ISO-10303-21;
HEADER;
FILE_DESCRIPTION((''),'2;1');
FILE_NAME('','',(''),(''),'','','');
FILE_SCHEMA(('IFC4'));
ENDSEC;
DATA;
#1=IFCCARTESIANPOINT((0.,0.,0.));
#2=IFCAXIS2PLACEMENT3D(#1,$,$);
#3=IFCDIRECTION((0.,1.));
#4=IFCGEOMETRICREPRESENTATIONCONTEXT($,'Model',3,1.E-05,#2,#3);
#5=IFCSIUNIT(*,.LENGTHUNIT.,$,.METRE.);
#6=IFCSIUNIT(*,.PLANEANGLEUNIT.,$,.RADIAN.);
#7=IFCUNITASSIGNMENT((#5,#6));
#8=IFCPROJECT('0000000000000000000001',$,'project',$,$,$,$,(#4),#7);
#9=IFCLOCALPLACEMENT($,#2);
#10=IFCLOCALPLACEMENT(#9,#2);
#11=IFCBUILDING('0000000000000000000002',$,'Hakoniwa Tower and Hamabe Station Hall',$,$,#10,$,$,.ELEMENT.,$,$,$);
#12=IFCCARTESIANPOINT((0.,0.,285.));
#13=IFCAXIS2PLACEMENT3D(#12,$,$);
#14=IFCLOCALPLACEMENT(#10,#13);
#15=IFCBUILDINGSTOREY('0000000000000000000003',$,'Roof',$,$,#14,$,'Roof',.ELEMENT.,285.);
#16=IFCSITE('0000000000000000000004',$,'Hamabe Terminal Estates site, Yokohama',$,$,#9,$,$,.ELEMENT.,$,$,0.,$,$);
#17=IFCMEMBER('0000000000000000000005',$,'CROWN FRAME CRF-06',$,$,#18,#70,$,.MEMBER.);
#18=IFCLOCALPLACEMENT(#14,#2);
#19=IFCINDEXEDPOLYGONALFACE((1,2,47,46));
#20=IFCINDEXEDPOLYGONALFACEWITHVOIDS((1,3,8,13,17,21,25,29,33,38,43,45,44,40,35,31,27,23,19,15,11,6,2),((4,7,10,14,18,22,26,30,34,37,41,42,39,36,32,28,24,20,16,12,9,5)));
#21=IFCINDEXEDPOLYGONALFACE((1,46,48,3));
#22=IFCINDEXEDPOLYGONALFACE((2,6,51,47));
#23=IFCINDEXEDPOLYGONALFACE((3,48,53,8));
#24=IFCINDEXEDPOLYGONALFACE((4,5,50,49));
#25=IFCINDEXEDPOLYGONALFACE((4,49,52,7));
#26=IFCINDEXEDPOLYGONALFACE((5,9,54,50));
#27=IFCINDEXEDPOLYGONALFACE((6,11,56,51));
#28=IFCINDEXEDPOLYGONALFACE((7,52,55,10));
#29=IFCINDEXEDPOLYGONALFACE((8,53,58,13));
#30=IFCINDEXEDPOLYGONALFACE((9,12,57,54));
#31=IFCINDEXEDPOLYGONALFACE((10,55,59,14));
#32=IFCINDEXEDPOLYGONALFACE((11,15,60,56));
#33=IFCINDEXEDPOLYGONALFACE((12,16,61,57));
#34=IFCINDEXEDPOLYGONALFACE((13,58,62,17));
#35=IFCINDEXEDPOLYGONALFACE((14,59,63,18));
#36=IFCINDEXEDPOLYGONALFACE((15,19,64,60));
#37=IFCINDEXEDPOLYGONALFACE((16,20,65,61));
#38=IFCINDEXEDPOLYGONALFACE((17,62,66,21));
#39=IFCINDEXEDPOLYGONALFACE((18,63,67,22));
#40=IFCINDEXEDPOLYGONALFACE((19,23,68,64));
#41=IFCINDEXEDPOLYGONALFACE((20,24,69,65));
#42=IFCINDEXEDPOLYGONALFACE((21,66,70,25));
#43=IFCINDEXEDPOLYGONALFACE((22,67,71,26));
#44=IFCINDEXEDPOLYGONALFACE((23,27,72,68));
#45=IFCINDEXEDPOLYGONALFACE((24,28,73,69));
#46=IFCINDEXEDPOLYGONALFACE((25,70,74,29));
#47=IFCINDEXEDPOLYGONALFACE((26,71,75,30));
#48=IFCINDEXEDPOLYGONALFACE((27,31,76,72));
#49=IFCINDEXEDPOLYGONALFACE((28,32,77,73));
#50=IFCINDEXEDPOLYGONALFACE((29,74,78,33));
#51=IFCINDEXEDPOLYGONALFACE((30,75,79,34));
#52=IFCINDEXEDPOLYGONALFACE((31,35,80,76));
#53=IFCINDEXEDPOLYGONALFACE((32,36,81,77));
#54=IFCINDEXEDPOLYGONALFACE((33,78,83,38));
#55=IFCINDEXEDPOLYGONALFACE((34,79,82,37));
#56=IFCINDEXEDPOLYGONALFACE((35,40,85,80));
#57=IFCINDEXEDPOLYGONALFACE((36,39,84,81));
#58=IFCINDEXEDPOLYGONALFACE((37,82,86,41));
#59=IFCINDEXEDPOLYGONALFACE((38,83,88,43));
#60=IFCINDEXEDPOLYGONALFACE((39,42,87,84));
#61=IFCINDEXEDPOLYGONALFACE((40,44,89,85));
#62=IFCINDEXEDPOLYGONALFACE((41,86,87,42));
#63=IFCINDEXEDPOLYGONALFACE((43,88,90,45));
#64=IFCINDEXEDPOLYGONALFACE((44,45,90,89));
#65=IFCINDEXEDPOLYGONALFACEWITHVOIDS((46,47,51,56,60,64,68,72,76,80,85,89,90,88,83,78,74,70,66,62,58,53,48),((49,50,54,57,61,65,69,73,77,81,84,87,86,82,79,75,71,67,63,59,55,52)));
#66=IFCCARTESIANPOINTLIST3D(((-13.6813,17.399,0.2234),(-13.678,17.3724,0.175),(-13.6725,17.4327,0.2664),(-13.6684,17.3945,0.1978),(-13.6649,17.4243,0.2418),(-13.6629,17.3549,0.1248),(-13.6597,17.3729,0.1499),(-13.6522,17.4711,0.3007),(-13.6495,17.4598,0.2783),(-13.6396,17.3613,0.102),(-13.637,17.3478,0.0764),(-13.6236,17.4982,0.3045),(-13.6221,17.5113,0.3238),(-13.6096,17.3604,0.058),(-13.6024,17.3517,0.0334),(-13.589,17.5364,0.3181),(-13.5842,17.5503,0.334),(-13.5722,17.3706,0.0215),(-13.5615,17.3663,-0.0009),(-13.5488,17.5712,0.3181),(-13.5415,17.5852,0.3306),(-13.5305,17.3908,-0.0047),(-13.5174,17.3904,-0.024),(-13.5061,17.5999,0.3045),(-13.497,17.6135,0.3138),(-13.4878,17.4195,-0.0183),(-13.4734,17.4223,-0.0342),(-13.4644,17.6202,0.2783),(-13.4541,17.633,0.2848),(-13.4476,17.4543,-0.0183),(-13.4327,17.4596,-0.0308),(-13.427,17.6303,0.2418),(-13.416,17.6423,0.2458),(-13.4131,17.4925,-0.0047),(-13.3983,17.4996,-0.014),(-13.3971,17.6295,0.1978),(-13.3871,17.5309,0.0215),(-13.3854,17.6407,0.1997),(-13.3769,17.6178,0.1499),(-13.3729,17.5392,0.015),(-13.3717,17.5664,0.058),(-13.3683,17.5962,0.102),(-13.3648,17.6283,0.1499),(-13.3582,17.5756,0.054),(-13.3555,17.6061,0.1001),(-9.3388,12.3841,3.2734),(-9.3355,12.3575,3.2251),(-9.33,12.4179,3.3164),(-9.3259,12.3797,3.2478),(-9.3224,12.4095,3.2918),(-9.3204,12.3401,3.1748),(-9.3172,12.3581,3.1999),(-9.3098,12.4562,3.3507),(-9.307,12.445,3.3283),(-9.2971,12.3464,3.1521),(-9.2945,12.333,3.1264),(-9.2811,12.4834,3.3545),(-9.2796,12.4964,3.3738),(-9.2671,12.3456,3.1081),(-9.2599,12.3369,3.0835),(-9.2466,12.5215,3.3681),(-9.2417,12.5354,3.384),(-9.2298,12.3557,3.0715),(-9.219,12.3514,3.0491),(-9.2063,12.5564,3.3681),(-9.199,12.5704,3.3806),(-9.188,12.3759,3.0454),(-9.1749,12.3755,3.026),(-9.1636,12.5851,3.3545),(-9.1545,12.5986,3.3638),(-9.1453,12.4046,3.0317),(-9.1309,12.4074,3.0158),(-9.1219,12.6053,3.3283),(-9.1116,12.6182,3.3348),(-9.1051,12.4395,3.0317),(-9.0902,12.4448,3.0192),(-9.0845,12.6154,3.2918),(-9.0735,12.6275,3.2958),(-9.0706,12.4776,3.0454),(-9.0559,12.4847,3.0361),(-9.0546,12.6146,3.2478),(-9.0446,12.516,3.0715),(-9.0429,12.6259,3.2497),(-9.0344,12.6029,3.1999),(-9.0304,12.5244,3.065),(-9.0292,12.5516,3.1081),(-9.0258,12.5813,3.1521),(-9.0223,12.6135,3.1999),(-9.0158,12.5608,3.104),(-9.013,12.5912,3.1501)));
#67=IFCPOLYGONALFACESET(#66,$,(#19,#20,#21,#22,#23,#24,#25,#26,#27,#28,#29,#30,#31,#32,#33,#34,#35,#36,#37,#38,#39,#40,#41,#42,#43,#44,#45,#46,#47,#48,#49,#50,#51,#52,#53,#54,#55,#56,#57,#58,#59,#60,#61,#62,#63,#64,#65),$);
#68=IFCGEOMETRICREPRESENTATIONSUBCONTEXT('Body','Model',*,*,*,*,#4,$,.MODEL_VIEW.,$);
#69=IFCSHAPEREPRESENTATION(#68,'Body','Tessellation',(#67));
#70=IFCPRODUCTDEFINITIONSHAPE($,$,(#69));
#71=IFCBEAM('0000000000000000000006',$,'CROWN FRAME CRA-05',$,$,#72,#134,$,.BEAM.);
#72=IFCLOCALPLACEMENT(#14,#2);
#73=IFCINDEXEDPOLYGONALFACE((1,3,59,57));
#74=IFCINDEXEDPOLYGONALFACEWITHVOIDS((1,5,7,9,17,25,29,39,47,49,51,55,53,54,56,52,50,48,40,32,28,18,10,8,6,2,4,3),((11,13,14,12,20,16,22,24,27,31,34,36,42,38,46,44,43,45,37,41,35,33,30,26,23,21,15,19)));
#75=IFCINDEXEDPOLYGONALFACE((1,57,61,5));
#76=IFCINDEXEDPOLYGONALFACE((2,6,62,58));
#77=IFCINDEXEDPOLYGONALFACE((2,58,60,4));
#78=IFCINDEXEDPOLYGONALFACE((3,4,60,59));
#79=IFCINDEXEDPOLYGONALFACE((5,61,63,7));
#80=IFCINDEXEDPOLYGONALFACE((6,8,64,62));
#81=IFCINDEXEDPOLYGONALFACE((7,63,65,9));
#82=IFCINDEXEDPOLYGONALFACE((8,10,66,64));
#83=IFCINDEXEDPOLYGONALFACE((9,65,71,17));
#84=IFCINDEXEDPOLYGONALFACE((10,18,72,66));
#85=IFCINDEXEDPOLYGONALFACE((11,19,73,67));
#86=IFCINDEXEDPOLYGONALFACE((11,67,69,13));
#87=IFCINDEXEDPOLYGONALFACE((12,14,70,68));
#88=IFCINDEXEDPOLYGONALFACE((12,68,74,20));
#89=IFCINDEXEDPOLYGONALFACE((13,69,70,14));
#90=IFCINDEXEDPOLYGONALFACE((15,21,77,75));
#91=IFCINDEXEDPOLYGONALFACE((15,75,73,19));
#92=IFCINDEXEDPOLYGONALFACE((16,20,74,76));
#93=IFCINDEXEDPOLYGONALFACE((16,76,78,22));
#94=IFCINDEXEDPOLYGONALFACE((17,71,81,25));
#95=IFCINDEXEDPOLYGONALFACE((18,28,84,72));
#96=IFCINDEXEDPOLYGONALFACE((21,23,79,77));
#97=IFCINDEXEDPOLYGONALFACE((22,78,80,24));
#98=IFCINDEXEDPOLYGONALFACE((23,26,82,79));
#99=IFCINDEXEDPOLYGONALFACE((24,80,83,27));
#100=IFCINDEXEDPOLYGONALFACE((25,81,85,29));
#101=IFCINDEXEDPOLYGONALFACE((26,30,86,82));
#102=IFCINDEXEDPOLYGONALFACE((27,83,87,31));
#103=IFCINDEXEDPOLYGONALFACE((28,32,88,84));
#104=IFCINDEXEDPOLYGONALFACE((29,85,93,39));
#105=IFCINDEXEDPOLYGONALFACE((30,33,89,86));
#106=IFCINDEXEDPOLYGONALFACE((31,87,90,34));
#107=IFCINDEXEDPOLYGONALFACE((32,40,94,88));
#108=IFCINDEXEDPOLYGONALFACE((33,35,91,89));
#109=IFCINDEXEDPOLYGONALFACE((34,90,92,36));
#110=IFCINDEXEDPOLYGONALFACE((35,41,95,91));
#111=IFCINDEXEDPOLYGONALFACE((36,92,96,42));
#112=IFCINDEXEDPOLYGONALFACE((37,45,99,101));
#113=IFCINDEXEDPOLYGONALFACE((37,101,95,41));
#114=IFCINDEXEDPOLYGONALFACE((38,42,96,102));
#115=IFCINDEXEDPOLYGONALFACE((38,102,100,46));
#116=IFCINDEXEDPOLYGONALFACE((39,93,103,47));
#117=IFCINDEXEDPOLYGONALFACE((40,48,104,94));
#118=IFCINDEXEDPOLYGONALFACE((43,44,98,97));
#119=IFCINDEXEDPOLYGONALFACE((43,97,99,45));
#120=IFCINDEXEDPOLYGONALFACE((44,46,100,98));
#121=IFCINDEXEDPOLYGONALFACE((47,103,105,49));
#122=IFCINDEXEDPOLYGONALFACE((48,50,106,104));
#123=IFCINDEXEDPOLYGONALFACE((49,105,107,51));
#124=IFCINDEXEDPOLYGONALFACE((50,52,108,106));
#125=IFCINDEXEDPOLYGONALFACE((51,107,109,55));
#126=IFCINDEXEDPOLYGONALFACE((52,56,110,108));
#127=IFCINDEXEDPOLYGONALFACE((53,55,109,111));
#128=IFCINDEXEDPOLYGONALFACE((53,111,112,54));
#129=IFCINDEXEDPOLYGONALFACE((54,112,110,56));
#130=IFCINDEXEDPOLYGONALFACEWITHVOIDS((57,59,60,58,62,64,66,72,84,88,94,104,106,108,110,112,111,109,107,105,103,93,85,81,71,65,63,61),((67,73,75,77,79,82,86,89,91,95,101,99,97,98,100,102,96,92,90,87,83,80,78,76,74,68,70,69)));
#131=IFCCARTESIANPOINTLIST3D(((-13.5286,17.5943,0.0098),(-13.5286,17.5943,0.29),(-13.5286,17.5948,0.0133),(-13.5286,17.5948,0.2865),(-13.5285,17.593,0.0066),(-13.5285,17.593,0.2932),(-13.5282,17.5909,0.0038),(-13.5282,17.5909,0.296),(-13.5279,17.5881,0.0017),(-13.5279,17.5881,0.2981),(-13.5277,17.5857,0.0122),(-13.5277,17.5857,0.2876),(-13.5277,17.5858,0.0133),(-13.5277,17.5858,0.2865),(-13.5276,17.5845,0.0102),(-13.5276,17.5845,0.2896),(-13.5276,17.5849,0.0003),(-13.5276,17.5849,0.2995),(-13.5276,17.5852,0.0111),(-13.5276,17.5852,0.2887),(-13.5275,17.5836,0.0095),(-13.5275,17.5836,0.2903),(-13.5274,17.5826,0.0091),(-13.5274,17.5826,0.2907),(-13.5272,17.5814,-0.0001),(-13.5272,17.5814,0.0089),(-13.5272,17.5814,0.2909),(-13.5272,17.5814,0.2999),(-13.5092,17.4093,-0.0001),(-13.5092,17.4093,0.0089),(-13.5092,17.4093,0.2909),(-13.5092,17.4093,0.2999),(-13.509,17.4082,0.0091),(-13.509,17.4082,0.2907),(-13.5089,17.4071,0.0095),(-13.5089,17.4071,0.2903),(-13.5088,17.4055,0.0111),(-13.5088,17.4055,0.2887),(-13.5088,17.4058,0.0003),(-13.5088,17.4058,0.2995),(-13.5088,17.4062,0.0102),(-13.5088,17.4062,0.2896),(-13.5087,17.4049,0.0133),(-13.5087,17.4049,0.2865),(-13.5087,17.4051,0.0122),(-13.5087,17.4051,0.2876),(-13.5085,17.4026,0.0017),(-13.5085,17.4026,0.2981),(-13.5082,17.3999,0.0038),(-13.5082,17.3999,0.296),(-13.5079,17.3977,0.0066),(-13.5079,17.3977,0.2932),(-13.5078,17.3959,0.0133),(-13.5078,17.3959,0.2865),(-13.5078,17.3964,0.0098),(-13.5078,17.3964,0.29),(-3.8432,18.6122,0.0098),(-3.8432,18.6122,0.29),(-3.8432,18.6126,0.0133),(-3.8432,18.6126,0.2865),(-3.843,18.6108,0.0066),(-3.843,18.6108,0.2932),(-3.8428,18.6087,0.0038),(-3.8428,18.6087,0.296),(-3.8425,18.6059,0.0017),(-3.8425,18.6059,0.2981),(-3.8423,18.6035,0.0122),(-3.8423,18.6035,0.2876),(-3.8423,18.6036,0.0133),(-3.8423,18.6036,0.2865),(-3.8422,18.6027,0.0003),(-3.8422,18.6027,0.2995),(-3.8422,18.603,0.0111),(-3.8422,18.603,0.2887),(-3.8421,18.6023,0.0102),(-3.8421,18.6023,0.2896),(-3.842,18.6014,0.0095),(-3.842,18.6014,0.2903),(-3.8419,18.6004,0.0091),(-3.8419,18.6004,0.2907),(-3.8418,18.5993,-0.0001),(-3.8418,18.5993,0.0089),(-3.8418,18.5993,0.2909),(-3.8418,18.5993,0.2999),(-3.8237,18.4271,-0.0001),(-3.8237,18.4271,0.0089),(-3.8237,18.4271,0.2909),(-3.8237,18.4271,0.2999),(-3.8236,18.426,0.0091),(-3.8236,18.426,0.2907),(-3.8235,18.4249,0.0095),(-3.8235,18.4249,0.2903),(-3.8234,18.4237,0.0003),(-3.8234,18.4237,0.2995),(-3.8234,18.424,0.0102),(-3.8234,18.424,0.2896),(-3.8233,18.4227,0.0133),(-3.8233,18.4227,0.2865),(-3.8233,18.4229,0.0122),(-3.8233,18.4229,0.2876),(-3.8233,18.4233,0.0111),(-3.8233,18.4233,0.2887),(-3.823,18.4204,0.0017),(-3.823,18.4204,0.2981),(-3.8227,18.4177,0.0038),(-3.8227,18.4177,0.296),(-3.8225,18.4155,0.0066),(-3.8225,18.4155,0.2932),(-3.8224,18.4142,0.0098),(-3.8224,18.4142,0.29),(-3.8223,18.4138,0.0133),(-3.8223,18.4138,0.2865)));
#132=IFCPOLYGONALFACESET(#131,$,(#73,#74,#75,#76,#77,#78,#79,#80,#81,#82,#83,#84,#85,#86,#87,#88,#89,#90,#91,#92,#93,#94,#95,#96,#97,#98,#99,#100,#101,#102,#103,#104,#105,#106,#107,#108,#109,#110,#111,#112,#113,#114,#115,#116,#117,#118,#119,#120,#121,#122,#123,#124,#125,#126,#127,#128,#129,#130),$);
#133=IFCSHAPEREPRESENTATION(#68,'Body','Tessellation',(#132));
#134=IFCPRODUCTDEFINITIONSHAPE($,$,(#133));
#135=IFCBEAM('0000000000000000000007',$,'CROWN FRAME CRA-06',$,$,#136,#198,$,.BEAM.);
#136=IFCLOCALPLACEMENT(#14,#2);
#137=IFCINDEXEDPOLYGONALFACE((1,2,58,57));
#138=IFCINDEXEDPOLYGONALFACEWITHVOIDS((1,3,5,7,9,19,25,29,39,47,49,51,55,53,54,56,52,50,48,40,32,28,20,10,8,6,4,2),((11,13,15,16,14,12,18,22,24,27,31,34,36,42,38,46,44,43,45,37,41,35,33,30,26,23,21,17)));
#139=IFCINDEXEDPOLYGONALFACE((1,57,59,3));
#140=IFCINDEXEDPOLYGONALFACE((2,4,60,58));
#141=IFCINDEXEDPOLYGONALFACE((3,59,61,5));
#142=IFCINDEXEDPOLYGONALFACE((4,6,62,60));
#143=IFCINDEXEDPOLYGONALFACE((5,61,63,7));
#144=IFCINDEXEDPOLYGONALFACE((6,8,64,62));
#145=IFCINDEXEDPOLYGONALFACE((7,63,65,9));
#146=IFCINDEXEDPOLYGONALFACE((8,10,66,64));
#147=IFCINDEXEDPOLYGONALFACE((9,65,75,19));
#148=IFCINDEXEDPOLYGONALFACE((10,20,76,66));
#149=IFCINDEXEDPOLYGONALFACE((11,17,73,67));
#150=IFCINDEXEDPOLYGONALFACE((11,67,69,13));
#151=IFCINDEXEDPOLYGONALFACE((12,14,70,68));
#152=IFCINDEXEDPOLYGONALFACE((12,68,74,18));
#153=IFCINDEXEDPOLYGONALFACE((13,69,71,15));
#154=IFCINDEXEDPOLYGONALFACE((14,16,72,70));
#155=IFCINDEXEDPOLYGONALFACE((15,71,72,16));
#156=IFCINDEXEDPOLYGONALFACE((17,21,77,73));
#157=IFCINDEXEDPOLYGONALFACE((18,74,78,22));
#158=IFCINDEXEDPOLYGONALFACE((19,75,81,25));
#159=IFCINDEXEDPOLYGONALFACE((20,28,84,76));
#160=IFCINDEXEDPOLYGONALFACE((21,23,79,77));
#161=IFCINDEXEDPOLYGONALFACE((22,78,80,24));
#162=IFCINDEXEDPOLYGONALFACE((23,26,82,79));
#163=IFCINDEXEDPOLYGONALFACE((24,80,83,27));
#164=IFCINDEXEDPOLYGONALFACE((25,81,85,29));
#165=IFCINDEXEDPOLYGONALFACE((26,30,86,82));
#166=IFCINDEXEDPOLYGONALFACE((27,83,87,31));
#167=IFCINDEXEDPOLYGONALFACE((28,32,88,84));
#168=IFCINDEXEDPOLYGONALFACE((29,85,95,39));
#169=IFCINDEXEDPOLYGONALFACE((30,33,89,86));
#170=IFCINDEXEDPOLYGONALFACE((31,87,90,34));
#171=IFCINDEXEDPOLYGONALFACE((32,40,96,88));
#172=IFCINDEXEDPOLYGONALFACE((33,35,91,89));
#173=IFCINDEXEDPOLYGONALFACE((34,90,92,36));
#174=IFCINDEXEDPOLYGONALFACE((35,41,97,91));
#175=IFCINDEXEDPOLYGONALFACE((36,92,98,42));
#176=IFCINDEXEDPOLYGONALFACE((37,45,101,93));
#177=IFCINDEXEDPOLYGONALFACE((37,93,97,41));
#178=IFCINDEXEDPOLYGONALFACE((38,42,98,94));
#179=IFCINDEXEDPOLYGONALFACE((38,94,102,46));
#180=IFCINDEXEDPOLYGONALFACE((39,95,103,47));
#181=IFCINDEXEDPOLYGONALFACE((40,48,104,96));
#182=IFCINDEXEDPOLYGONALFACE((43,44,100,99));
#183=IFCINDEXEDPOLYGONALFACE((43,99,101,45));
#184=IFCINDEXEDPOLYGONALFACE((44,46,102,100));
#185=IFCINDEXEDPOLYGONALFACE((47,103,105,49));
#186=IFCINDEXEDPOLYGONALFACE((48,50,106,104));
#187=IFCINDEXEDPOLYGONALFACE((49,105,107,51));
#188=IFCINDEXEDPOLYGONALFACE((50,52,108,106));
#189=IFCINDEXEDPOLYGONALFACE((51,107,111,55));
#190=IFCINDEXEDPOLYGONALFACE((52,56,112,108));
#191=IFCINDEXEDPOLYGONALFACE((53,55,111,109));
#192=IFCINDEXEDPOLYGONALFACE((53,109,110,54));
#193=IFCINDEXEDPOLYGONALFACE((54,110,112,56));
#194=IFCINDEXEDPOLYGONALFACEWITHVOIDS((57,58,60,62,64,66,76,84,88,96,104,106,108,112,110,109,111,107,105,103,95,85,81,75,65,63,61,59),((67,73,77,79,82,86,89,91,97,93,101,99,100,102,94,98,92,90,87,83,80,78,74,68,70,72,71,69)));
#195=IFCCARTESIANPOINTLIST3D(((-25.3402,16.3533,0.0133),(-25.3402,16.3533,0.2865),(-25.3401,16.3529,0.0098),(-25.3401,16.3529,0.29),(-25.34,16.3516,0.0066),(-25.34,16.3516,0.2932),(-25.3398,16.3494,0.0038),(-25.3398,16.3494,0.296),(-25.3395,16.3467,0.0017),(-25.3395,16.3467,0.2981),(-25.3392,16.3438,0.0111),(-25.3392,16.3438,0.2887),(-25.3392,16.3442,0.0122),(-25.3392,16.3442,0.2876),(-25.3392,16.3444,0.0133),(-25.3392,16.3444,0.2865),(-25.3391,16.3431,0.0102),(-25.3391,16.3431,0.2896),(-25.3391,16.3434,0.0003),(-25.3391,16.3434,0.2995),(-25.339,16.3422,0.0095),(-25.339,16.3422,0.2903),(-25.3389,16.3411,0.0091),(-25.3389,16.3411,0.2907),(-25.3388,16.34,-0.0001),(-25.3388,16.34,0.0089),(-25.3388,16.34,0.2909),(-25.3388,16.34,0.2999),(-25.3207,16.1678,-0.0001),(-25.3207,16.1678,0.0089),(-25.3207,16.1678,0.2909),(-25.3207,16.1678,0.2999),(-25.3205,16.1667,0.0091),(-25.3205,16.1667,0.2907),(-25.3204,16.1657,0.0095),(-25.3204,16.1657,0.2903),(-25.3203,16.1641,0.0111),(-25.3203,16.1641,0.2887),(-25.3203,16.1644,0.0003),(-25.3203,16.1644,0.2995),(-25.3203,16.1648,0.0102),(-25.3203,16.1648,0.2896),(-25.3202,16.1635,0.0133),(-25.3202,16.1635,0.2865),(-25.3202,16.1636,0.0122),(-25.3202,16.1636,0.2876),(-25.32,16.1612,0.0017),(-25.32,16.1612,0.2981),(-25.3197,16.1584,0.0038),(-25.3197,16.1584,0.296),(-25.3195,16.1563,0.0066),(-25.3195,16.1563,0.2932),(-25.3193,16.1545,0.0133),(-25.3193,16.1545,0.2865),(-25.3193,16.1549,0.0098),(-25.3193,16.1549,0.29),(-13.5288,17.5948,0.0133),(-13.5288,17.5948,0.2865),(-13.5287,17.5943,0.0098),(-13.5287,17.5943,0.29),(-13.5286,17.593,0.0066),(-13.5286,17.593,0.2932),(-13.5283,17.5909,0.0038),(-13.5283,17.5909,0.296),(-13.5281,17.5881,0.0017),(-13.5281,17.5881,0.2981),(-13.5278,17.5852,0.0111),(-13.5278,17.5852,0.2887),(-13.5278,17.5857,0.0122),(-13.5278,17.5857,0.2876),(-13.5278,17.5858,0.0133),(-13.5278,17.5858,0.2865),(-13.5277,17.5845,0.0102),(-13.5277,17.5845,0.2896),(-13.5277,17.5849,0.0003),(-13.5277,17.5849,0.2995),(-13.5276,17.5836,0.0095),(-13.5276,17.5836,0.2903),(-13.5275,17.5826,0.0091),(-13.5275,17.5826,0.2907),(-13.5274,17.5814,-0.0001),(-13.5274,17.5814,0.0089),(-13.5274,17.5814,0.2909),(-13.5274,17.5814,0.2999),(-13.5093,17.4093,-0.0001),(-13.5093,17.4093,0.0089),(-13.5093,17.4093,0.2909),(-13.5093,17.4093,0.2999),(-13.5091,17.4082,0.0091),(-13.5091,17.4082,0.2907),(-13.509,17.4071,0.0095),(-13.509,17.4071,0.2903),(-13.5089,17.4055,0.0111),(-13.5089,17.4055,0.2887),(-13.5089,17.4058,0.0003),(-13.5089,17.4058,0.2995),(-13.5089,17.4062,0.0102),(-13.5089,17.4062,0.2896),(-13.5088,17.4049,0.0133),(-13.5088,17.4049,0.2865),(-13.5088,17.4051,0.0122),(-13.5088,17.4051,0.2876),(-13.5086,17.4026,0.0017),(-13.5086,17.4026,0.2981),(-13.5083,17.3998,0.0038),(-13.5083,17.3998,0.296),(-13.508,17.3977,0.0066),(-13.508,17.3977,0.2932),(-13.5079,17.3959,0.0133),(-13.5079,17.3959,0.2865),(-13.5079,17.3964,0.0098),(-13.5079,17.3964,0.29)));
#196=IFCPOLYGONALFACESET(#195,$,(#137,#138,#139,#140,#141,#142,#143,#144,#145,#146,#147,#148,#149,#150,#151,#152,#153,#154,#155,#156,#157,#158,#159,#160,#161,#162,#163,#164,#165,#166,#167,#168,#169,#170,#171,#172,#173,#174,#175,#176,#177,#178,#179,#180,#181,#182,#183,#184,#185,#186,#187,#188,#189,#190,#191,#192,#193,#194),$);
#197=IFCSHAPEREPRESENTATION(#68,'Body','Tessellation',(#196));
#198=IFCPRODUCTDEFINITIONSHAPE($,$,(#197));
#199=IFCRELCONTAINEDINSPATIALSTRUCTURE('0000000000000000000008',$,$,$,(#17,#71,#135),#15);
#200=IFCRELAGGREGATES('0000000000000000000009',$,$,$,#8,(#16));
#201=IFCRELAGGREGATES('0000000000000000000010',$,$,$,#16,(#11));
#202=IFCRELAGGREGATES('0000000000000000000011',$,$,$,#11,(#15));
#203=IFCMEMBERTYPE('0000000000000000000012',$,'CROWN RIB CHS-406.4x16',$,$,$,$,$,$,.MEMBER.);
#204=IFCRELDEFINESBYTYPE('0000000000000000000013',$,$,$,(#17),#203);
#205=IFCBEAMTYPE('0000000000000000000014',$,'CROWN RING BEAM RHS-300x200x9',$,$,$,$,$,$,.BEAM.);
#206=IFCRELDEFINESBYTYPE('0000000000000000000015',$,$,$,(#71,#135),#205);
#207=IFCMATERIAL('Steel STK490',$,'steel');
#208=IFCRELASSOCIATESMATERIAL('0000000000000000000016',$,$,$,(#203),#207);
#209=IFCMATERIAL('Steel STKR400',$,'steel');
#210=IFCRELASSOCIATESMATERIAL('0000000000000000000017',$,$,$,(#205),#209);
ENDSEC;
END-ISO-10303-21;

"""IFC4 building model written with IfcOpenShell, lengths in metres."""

from ifc_helpers import new_model, si_unit, direction, frame, origin, origin_2d, place, context, subcontext, project, spatial, hollow_rectangle, hollow_circle, extrude, material, material_profile, profile_set, type_object, element, save


model = new_model("IFC4")

# Units and contexts
model_context = context("Model", 3, precision=1e-05, world=origin(), true_north=direction((0.0, 1.0)))
body_context = subcontext(model_context, "Body", "Model", "MODEL_VIEW")
ifc_project = project(units=[si_unit("LENGTHUNIT", "METRE"), si_unit("PLANEANGLEUNIT", "RADIAN")], contexts=[model_context])

# Site, building, storey
site_placement = place(None, origin())
site = spatial("IfcSite", under=ifc_project, at=site_placement, Name="Hamabe Terminal Estates site, Yokohama", CompositionType="ELEMENT", RefElevation=0.0)
building_placement = place(site_placement, origin())
building = spatial("IfcBuilding", under=site, at=building_placement, Name="Hakoniwa Tower and Hamabe Station Hall", CompositionType="ELEMENT")
storey_placement = place(building_placement, frame((0.0, 0.0, 285.0)))
storey = spatial("IfcBuildingStorey", under=building, at=storey_placement, Name="Roof", LongName="Roof", CompositionType="ELEMENT", Elevation=285.0)

# Member
ifc_material_1 = material(Name="Steel STK490", Category="steel")
ifc_material_profile_1 = material_profile(ifc_material_1, hollow_circle(Radius=0.2031, WallThickness=0.0161, at=origin_2d()), Name="CHS-406.4x16")
ifc_profile_set_1 = profile_set([ifc_material_profile_1], Name="Steel STK490")
member_type_1 = type_object("IfcMemberType", Name="CROWN RIB CHS-406.4x16", PredefinedType="MEMBER", material=ifc_profile_set_1)
member_1_placement = place(storey_placement, frame((-13.5183, 17.4954, 0.1499), z_axis=(0.594758, -0.686846, 0.417738), x_axis=(0.755966, 0.654611, 0.0)))
element("IfcMember", 1, at=member_1_placement, inside=storey, type_object=member_type_1, Name="CROWN FRAME CRF-06", PredefinedType="MEMBER", context=body_context, shape_type="SweptSolid", body=[
    extrude(hollow_circle(Radius=0.2031, WallThickness=0.0161, at=origin_2d()), origin(), (0.0, 0.0, 1.0), 7.3013),
])

# Beams
ifc_material_2 = material(Name="Steel STKR400", Category="steel")
ifc_material_profile_2 = material_profile(ifc_material_2, hollow_rectangle(XDim=0.2, YDim=0.3, WallThickness=0.009, InnerFilletRadius=0.0044, OuterFilletRadius=0.0134, at=origin_2d()), Name="RHS-300x200x9")
ifc_profile_set_2 = profile_set([ifc_material_profile_2], Name="Steel STKR400")
beam_type = type_object("IfcBeamType", Name="CROWN RING BEAM RHS-300x200x9", PredefinedType="BEAM", material=ifc_profile_set_2)
beam_1_placement = place(storey_placement, frame((-3.8328, 18.5132, 0.1499), z_axis=(-0.994524, -0.104511, 0.0), x_axis=(0.104511, -0.994524, 0.0)))
element("IfcBeam", 2, at=beam_1_placement, inside=storey, type_object=beam_type, Name="CROWN FRAME CRA-05", PredefinedType="BEAM", context=body_context, shape_type="SweptSolid", body=[
    extrude(hollow_rectangle(XDim=0.2, YDim=0.3, WallThickness=0.009, InnerFilletRadius=0.0044, OuterFilletRadius=0.0134, at=origin_2d()), origin(), (0.0, 0.0, 1.0), 9.7388),
])
beam_2_placement = place(storey_placement, frame((-13.5183, 17.4954, 0.1499), z_axis=(-0.994522, -0.10453, 0.0), x_axis=(0.10453, -0.994522, 0.0)))
element("IfcBeam", 3, at=beam_2_placement, inside=storey, type_object=beam_type, Name="CROWN FRAME CRA-06", PredefinedType="BEAM", context=body_context, shape_type="SweptSolid", body=[
    extrude(hollow_rectangle(XDim=0.2, YDim=0.3, WallThickness=0.009, InnerFilletRadius=0.0044, OuterFilletRadius=0.0134, at=origin_2d()), origin(), (0.0, 0.0, 1.0), 11.8765),
])

save(model, "model.ifc")
